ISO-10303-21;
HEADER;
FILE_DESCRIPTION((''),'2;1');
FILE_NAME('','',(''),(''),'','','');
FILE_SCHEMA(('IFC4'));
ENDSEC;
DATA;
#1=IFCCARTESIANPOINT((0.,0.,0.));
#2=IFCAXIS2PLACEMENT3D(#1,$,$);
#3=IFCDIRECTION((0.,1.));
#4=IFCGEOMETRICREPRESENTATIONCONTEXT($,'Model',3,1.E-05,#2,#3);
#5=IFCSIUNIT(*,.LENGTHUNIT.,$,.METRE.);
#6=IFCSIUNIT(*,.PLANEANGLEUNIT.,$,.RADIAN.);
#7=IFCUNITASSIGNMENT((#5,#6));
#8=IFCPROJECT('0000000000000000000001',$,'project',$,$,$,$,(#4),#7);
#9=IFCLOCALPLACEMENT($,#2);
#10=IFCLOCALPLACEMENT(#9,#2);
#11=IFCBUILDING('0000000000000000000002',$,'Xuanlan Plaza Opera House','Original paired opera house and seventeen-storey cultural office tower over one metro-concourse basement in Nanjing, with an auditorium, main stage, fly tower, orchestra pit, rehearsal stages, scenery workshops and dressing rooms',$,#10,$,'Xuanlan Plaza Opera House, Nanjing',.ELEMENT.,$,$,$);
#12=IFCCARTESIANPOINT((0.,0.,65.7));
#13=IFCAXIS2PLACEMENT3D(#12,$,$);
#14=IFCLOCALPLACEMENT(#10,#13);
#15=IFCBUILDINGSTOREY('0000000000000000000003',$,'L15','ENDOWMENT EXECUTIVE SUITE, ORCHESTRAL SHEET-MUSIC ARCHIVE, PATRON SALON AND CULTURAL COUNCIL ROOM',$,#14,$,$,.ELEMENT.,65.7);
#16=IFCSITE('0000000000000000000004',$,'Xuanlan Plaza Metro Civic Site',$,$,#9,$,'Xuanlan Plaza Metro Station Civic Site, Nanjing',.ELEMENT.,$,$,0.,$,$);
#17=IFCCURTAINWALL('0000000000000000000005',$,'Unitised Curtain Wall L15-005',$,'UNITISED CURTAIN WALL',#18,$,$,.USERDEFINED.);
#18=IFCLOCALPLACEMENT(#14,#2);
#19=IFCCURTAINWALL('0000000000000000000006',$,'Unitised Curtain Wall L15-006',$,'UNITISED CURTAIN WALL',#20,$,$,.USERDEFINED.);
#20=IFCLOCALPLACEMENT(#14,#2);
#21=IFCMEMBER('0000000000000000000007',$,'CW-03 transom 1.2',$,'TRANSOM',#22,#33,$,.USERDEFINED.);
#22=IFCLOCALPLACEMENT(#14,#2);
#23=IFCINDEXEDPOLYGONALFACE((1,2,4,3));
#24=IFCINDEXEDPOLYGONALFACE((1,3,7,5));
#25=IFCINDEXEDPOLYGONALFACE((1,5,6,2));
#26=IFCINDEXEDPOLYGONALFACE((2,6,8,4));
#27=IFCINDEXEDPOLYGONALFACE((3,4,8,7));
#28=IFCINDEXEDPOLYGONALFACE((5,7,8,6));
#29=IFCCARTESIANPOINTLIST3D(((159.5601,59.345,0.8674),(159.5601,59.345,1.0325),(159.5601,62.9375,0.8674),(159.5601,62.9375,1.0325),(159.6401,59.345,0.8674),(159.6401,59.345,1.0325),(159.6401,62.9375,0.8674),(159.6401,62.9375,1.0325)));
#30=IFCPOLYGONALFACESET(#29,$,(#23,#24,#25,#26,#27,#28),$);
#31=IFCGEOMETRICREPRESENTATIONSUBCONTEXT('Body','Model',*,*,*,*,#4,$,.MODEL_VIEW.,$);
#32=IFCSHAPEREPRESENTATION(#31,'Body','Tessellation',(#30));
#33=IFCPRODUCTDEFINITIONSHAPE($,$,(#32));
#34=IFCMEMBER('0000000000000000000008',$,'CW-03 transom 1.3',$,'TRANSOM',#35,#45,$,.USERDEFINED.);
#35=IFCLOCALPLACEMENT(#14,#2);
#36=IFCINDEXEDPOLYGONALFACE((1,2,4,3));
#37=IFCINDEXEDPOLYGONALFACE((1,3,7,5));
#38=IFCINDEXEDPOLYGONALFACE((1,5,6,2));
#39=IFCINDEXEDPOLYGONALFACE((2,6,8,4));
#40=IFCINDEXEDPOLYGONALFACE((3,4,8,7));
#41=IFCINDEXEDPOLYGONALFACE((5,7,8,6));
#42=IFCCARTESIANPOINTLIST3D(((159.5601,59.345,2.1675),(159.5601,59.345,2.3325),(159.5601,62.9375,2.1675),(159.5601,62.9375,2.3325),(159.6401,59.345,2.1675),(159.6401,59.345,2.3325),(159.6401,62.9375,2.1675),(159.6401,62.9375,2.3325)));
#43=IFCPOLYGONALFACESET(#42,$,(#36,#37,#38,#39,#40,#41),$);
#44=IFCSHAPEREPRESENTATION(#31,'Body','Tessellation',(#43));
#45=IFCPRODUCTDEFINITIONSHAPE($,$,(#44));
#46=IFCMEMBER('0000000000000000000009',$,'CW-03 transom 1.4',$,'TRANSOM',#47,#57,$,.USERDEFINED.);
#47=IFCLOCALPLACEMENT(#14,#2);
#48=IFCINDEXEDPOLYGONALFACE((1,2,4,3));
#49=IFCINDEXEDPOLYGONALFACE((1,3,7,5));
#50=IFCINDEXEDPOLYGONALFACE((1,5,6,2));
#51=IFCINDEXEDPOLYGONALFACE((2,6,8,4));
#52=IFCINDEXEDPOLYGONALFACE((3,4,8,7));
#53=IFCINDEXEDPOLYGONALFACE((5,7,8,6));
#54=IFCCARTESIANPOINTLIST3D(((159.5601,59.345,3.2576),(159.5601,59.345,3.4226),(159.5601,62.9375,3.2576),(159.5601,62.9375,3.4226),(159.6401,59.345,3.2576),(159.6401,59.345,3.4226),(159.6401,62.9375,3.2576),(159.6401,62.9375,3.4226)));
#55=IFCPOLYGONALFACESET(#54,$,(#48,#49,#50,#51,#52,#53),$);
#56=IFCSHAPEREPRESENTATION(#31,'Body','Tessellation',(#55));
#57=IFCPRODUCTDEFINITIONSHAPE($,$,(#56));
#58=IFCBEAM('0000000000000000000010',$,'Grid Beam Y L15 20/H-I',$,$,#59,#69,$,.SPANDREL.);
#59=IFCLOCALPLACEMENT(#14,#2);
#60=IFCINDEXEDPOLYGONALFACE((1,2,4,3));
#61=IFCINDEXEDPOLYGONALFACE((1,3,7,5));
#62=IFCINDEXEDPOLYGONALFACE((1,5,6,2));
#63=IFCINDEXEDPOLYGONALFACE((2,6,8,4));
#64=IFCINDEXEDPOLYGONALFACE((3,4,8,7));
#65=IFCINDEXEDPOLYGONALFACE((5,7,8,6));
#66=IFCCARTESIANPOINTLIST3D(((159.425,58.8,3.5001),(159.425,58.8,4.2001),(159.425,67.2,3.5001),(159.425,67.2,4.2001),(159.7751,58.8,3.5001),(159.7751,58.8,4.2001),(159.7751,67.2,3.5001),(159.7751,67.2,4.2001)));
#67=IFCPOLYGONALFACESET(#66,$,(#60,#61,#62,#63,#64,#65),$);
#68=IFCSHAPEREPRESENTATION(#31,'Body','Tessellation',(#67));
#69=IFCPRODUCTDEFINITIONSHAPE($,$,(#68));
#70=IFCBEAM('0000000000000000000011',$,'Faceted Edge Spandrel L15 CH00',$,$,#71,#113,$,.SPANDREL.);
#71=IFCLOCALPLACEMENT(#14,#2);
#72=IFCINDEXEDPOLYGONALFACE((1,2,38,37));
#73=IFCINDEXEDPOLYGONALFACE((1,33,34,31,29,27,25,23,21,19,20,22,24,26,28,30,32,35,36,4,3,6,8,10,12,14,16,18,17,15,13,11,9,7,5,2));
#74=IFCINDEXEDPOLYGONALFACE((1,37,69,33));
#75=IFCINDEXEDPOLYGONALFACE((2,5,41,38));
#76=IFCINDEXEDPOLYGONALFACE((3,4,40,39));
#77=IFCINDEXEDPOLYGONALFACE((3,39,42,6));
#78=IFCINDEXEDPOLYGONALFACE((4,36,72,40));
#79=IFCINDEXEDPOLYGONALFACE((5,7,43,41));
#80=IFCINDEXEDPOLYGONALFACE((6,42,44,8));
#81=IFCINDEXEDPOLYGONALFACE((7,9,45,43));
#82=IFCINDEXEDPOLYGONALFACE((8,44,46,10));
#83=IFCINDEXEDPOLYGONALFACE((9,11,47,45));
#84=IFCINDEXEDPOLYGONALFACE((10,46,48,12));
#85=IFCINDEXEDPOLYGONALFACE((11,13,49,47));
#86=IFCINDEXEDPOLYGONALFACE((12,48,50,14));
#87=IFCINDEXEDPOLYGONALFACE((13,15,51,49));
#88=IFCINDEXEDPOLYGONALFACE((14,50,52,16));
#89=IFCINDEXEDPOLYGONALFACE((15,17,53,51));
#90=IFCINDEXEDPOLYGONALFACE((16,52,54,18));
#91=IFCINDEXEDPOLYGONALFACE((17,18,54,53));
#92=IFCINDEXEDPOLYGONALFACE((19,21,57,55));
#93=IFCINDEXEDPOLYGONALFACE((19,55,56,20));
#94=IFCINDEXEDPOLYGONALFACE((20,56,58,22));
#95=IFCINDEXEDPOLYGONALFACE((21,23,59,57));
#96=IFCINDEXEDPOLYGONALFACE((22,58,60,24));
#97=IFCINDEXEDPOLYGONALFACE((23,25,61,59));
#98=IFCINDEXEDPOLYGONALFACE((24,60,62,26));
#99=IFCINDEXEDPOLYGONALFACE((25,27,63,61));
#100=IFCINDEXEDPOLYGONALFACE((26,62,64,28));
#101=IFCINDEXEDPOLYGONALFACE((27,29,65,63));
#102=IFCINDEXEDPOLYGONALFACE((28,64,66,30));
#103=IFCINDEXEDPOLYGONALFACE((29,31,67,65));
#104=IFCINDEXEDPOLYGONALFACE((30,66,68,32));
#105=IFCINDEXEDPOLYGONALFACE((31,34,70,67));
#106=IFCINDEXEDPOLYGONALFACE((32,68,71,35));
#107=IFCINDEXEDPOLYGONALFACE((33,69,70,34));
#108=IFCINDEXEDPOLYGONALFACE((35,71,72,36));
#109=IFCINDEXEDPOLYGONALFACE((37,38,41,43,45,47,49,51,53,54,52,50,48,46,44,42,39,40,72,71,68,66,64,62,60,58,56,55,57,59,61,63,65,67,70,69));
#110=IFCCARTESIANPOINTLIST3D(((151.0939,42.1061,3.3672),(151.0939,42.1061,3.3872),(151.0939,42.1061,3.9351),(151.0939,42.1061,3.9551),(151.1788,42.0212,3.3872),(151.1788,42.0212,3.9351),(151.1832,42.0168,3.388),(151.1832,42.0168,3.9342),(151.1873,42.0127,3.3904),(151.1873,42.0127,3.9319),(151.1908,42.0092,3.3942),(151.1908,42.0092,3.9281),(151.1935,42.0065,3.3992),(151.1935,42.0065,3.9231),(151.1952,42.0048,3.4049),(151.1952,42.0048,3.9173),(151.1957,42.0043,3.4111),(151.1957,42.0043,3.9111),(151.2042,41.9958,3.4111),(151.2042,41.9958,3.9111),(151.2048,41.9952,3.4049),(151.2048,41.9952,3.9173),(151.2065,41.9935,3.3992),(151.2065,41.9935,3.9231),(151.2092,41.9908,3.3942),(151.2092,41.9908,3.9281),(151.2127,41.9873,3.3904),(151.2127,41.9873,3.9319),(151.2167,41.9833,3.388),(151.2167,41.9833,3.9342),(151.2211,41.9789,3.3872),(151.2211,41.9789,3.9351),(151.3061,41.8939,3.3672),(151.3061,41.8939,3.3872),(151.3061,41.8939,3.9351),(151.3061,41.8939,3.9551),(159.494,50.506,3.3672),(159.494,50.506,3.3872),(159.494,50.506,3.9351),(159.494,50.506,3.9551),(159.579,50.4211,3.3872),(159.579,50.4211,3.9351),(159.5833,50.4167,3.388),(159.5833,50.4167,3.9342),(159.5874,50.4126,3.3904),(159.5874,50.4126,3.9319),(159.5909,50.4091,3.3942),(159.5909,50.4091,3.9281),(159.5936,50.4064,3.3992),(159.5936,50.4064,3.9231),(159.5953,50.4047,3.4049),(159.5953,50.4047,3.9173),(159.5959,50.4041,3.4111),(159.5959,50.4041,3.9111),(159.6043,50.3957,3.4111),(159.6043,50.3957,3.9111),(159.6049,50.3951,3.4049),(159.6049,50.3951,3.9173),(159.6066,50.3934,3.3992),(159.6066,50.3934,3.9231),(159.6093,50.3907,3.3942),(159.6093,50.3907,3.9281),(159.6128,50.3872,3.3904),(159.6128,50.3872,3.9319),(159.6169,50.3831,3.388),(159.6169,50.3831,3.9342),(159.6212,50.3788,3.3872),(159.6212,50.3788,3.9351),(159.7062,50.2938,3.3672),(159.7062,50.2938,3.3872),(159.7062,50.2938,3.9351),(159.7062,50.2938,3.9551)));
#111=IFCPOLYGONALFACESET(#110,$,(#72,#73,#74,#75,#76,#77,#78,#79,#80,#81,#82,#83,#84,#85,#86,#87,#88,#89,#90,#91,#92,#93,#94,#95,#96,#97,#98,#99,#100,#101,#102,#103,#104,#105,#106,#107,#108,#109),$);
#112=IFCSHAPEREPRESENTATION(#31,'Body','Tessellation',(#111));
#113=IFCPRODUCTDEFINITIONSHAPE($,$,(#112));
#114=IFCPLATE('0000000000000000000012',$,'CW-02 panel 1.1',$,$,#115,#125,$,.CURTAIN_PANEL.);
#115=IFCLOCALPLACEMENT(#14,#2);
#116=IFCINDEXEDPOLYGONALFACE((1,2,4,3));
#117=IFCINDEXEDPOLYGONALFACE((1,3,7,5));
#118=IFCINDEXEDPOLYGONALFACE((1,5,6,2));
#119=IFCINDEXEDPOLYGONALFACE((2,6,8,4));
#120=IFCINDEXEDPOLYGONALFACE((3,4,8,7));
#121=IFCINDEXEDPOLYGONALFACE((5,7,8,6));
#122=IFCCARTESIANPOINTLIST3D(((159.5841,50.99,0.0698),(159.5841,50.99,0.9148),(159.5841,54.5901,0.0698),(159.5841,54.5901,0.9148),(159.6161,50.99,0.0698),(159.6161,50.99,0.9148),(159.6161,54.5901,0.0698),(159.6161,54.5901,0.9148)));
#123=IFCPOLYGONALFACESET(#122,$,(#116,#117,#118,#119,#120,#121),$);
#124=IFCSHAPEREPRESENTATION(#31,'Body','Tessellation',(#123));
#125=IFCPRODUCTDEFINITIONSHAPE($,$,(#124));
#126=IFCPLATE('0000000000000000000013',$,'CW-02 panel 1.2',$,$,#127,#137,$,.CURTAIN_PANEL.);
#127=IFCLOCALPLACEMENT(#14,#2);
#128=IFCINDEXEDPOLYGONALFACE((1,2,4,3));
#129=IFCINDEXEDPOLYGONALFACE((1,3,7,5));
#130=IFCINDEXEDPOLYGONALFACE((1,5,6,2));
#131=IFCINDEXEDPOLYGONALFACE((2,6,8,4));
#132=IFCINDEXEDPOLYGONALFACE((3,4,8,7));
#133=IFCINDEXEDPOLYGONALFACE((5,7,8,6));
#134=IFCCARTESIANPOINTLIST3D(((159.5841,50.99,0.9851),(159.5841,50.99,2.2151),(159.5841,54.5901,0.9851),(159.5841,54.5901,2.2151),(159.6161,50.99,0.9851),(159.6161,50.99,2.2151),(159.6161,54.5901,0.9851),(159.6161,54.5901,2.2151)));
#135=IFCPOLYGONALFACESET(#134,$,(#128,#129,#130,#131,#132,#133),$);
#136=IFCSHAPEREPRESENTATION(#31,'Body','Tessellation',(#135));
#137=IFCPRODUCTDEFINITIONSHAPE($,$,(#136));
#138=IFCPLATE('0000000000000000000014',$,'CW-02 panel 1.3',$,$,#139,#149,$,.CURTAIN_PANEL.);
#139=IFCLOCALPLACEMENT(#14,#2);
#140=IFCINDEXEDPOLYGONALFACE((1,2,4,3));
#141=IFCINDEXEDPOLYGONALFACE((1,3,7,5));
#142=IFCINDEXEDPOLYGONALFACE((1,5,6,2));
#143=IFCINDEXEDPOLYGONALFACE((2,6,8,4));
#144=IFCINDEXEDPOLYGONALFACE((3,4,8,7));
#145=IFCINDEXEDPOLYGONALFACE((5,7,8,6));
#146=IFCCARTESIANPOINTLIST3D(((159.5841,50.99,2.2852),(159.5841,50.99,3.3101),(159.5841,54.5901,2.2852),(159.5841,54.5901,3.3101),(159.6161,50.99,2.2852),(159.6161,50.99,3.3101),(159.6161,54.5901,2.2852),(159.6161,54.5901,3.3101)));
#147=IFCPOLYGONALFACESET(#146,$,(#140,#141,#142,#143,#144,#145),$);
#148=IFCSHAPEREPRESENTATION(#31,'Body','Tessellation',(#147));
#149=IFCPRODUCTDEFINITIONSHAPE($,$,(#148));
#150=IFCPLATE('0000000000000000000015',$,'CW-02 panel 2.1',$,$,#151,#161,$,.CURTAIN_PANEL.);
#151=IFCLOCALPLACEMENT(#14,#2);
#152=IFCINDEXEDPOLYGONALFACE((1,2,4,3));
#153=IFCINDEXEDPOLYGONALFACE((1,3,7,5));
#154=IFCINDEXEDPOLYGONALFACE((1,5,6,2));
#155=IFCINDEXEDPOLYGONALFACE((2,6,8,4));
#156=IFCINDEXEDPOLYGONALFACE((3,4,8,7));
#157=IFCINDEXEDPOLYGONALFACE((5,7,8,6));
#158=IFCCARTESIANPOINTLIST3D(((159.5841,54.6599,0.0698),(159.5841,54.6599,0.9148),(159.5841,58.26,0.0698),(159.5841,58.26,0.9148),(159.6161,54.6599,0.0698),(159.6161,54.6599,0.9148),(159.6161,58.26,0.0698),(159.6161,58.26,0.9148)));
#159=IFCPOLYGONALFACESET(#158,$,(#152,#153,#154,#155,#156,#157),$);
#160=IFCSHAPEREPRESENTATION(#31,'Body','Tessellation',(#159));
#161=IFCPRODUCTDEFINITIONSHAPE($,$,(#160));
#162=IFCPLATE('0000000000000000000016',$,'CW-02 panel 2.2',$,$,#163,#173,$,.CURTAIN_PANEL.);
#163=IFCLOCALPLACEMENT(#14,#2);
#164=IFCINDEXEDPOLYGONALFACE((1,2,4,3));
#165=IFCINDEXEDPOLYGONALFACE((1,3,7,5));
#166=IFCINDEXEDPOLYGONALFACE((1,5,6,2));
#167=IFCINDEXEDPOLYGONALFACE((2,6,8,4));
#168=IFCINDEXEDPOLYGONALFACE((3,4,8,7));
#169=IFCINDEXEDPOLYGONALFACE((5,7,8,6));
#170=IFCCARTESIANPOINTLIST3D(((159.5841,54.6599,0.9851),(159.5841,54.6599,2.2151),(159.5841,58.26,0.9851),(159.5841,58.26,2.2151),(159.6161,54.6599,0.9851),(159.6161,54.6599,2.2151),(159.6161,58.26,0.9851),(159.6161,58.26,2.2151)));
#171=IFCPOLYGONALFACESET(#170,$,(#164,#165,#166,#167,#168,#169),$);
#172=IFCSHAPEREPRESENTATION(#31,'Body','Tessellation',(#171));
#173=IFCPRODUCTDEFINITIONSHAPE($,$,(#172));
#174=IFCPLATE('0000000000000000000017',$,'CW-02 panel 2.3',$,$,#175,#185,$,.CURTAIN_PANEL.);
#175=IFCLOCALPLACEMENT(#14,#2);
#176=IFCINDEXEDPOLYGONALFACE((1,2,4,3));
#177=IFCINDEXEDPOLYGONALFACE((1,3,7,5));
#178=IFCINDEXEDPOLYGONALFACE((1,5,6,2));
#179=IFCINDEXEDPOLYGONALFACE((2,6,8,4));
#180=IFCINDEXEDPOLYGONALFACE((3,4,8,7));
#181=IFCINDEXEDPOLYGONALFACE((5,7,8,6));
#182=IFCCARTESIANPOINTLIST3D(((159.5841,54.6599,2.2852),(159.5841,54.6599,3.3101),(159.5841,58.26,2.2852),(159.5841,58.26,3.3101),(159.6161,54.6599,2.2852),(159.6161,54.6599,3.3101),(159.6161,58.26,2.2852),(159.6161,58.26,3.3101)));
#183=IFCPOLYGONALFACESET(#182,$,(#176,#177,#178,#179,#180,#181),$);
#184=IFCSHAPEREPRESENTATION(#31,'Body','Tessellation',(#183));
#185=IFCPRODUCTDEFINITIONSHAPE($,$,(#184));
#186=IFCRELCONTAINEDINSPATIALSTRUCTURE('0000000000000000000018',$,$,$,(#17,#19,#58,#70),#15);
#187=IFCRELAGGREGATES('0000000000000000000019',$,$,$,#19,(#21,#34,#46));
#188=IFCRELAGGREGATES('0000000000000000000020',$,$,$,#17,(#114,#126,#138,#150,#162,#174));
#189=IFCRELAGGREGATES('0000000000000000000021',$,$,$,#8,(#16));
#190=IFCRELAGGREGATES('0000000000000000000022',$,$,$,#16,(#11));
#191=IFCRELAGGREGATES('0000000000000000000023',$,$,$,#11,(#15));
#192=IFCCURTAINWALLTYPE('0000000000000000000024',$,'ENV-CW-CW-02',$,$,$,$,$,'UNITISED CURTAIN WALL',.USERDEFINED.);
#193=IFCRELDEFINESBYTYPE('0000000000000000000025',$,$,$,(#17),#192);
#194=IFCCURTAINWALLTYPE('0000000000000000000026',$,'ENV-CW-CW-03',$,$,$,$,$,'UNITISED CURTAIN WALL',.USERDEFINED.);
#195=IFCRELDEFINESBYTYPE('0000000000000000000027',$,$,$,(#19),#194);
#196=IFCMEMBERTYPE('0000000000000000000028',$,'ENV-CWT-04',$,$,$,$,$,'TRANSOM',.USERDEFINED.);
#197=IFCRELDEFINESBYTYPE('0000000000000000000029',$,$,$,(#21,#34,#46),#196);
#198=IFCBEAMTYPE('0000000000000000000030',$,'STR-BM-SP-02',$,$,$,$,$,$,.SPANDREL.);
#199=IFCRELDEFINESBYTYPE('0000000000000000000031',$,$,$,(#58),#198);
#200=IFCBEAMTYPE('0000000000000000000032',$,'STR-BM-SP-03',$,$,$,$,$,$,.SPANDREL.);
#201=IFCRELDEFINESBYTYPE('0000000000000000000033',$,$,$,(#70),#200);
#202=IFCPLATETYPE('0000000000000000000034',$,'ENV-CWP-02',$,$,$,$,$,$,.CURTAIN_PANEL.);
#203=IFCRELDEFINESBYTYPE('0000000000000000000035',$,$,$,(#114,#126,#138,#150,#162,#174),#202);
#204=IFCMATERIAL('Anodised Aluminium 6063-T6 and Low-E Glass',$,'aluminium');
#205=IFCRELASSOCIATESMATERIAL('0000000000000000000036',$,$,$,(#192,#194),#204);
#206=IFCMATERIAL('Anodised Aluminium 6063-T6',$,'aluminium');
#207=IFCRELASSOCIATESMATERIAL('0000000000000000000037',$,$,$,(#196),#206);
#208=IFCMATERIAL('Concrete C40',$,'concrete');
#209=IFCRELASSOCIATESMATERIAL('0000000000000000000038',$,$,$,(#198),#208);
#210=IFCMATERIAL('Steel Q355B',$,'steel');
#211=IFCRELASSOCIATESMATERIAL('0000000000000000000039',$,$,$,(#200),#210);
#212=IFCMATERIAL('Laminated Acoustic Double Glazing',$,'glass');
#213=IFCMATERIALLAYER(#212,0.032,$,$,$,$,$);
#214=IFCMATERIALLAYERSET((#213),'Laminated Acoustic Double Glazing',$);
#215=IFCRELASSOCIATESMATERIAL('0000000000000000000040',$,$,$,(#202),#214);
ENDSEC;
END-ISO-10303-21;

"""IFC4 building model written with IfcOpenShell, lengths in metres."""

from ifc_helpers import new_model, si_unit, direction, frame, origin, origin_2d, place, context, subcontext, project, spatial, rectangle, i_section, extrude, material, layer, layer_set, material_profile, profile_set, type_object, element, aggregate, save


model = new_model("IFC4")

# Units and contexts
model_context = context("Model", 3, precision=1e-05, world=origin(), true_north=direction((0.0, 1.0)))
body_context = subcontext(model_context, "Body", "Model", "MODEL_VIEW")
ifc_project = project(units=[si_unit("LENGTHUNIT", "METRE"), si_unit("PLANEANGLEUNIT", "RADIAN")], contexts=[model_context])

# Site, building, storey
site_placement = place(None, origin())
site = spatial("IfcSite", under=ifc_project, at=site_placement, Name="Xuanlan Plaza Metro Civic Site", LongName="Xuanlan Plaza Metro Station Civic Site, Nanjing", CompositionType="ELEMENT", RefElevation=0.0)
building_placement = place(site_placement, origin())
building = spatial("IfcBuilding", under=site, at=building_placement, Name="Xuanlan Plaza Opera House", Description="Original paired opera house and seventeen-storey cultural office tower over one metro-concourse basement in Nanjing, with an auditorium, main stage, fly tower, orchestra pit, rehearsal stages, scenery workshops and dressing rooms", LongName="Xuanlan Plaza Opera House, Nanjing", CompositionType="ELEMENT")
storey_placement = place(building_placement, frame((0.0, 0.0, 65.7)))
storey = spatial("IfcBuildingStorey", under=building, at=storey_placement, Name="L15", Description="ENDOWMENT EXECUTIVE SUITE, ORCHESTRAL SHEET-MUSIC ARCHIVE, PATRON SALON AND CULTURAL COUNCIL ROOM", CompositionType="ELEMENT", Elevation=65.7)

# Curtain wall
ifc_material_1 = material(Name="Anodised Aluminium 6063-T6 and Low-E Glass", Category="aluminium")
curtain_wall_type_1 = type_object("IfcCurtainWallType", Name="ENV-CW-CW-02", ElementType="UNITISED CURTAIN WALL", PredefinedType="USERDEFINED", material=ifc_material_1)
curtain_wall_1_placement = place(storey_placement, origin())
curtain_wall_1 = element("IfcCurtainWall", 1, at=curtain_wall_1_placement, inside=storey, type_object=curtain_wall_type_1, Name="Unitised Curtain Wall L15-005", ObjectType="UNITISED CURTAIN WALL", PredefinedType="USERDEFINED")
ifc_material_2 = material(Name="Anodised Aluminium 6063-T6", Category="aluminium")

# Curtain wall
curtain_wall_type_2 = type_object("IfcCurtainWallType", Name="ENV-CW-CW-03", ElementType="UNITISED CURTAIN WALL", PredefinedType="USERDEFINED", material=ifc_material_1)
curtain_wall_2_placement = place(storey_placement, origin())
curtain_wall_2 = element("IfcCurtainWall", 2, at=curtain_wall_2_placement, inside=storey, type_object=curtain_wall_type_2, Name="Unitised Curtain Wall L15-006", ObjectType="UNITISED CURTAIN WALL", PredefinedType="USERDEFINED")

# Members
ifc_material_profile_1 = material_profile(ifc_material_2, rectangle(XDim=0.0801, YDim=0.165, at=origin_2d()), Name="ALU-T 80x165")
ifc_profile_set_1 = profile_set([ifc_material_profile_1], Name="Anodised Aluminium 6063-T6")
member_type_1 = type_object("IfcMemberType", Name="ENV-CWT-04", ElementType="TRANSOM", PredefinedType="USERDEFINED", material=ifc_profile_set_1)
member_1_placement = place(storey_placement, frame((159.6001, 59.345, 0.95), z_axis=(0.0, 1.0, 0.0), x_axis=(-1.0, 0.0, 0.0)))
member_1 = element("IfcMember", 3, at=member_1_placement, type_object=member_type_1, Name="CW-03 transom 1.2", ObjectType="TRANSOM", PredefinedType="USERDEFINED", context=body_context, shape_type="SweptSolid", body=[
    extrude(rectangle(XDim=0.0801, YDim=0.165, at=origin_2d()), origin(), (0.0, 0.0, 1.0), 3.5925),
])
member_2_placement = place(storey_placement, frame((159.6001, 59.345, 2.25), z_axis=(0.0, 1.0, 0.0), x_axis=(-1.0, 0.0, 0.0)))
member_2 = element("IfcMember", 4, at=member_2_placement, type_object=member_type_1, Name="CW-03 transom 1.3", ObjectType="TRANSOM", PredefinedType="USERDEFINED", context=body_context, shape_type="SweptSolid", body=[
    extrude(rectangle(XDim=0.0801, YDim=0.165, at=origin_2d()), origin(), (0.0, 0.0, 1.0), 3.5925),
])
member_3_placement = place(storey_placement, frame((159.6001, 59.345, 3.3401), z_axis=(0.0, 1.0, 0.0), x_axis=(-1.0, 0.0, 0.0)))
member_3 = element("IfcMember", 5, at=member_3_placement, type_object=member_type_1, Name="CW-03 transom 1.4", ObjectType="TRANSOM", PredefinedType="USERDEFINED", context=body_context, shape_type="SweptSolid", body=[
    extrude(rectangle(XDim=0.0801, YDim=0.165, at=origin_2d()), origin(), (0.0, 0.0, 1.0), 3.5925),
])
aggregate(curtain_wall_2, [member_1, member_2, member_3])

# Beams
ifc_material_3 = material(Name="Concrete C40", Category="concrete")
ifc_material_profile_2 = material_profile(ifc_material_3, rectangle(XDim=0.3501, YDim=0.7, at=origin_2d()), Name="RC-SPD 350x700")
ifc_profile_set_2 = profile_set([ifc_material_profile_2], Name="Concrete C40")
beam_type_1 = type_object("IfcBeamType", Name="STR-BM-SP-02", PredefinedType="SPANDREL", material=ifc_profile_set_2)
beam_1_placement = place(storey_placement, frame((159.6001, 58.8, 3.8501), z_axis=(0.0, 1.0, 0.0), x_axis=(-1.0, 0.0, 0.0)))
element("IfcBeam", 6, at=beam_1_placement, inside=storey, type_object=beam_type_1, Name="Grid Beam Y L15 20/H-I", PredefinedType="SPANDREL", context=body_context, shape_type="SweptSolid", body=[
    extrude(rectangle(XDim=0.3501, YDim=0.7, at=origin_2d()), origin(), (0.0, 0.0, 1.0), 8.3999),
])
ifc_material_4 = material(Name="Steel Q355B", Category="steel")
ifc_material_profile_3 = material_profile(ifc_material_4, i_section(OverallWidth=0.3, OverallDepth=0.5879, WebThickness=0.012, FlangeThickness=0.02, FilletRadius=0.0239, at=origin_2d()), Name="HM 588x300x12x20")
ifc_profile_set_3 = profile_set([ifc_material_profile_3], Name="Steel Q355B")
beam_type_2 = type_object("IfcBeamType", Name="STR-BM-SP-03", PredefinedType="SPANDREL", material=ifc_profile_set_3)
beam_2_placement = place(storey_placement, frame((159.6001, 50.3999, 3.6611), z_axis=(-0.707117, -0.707097, 0.0), x_axis=(0.707097, -0.707117, 0.0)))
element("IfcBeam", 7, at=beam_2_placement, inside=storey, type_object=beam_type_2, Name="Faceted Edge Spandrel L15 CH00", PredefinedType="SPANDREL", context=body_context, shape_type="SweptSolid", body=[
    extrude(i_section(OverallWidth=0.3, OverallDepth=0.5879, WebThickness=0.012, FlangeThickness=0.02, FilletRadius=0.0239, at=origin_2d()), origin(), (0.0, 0.0, 1.0), 11.8794),
])

# Plates
ifc_material_5 = material(Name="Laminated Acoustic Double Glazing", Category="glass")
ifc_layer_1 = layer(ifc_material_5, 0.032)
ifc_layer_set_1 = layer_set([ifc_layer_1], Name="Laminated Acoustic Double Glazing")
plate_type = type_object("IfcPlateType", Name="ENV-CWP-02", PredefinedType="CURTAIN_PANEL", material=ifc_layer_set_1)
plate_1_placement = place(storey_placement, frame((159.6001, 52.79, 0.0698), z_axis=(0.0, 0.0, 1.0), x_axis=(0.0, 1.0, 0.0)))
plate_1 = element("IfcPlate", 8, at=plate_1_placement, type_object=plate_type, Name="CW-02 panel 1.1", PredefinedType="CURTAIN_PANEL", context=body_context, shape_type="SweptSolid", body=[
    extrude(rectangle(XDim=3.6001, YDim=0.032, at=origin_2d()), origin(), (0.0, 0.0, 1.0), 0.845),
])
plate_2_placement = place(storey_placement, frame((159.6001, 52.79, 0.9851), z_axis=(0.0, 0.0, 1.0), x_axis=(0.0, 1.0, 0.0)))
plate_2 = element("IfcPlate", 9, at=plate_2_placement, type_object=plate_type, Name="CW-02 panel 1.2", PredefinedType="CURTAIN_PANEL", context=body_context, shape_type="SweptSolid", body=[
    extrude(rectangle(XDim=3.6001, YDim=0.032, at=origin_2d()), origin(), (0.0, 0.0, 1.0), 1.23),
])
plate_3_placement = place(storey_placement, frame((159.6001, 52.79, 2.2852), z_axis=(0.0, 0.0, 1.0), x_axis=(0.0, 1.0, 0.0)))
plate_3 = element("IfcPlate", 10, at=plate_3_placement, type_object=plate_type, Name="CW-02 panel 1.3", PredefinedType="CURTAIN_PANEL", context=body_context, shape_type="SweptSolid", body=[
    extrude(rectangle(XDim=3.6001, YDim=0.032, at=origin_2d()), origin(), (0.0, 0.0, 1.0), 1.0249),
])
plate_4_placement = place(storey_placement, frame((159.6001, 56.46, 0.0698), z_axis=(0.0, 0.0, 1.0), x_axis=(0.0, 1.0, 0.0)))
plate_4 = element("IfcPlate", 11, at=plate_4_placement, type_object=plate_type, Name="CW-02 panel 2.1", PredefinedType="CURTAIN_PANEL", context=body_context, shape_type="SweptSolid", body=[
    extrude(rectangle(XDim=3.6001, YDim=0.032, at=origin_2d()), origin(), (0.0, 0.0, 1.0), 0.845),
])
plate_5_placement = place(storey_placement, frame((159.6001, 56.46, 0.9851), z_axis=(0.0, 0.0, 1.0), x_axis=(0.0, 1.0, 0.0)))
plate_5 = element("IfcPlate", 12, at=plate_5_placement, type_object=plate_type, Name="CW-02 panel 2.2", PredefinedType="CURTAIN_PANEL", context=body_context, shape_type="SweptSolid", body=[
    extrude(rectangle(XDim=3.6001, YDim=0.032, at=origin_2d()), origin(), (0.0, 0.0, 1.0), 1.23),
])
plate_6_placement = place(storey_placement, frame((159.6001, 56.46, 2.2852), z_axis=(0.0, 0.0, 1.0), x_axis=(0.0, 1.0, 0.0)))
plate_6 = element("IfcPlate", 13, at=plate_6_placement, type_object=plate_type, Name="CW-02 panel 2.3", PredefinedType="CURTAIN_PANEL", context=body_context, shape_type="SweptSolid", body=[
    extrude(rectangle(XDim=3.6001, YDim=0.032, at=origin_2d()), origin(), (0.0, 0.0, 1.0), 1.0249),
])
aggregate(curtain_wall_1, [plate_1, plate_2, plate_3, plate_4, plate_5, plate_6])

save(model, "model.ifc")
